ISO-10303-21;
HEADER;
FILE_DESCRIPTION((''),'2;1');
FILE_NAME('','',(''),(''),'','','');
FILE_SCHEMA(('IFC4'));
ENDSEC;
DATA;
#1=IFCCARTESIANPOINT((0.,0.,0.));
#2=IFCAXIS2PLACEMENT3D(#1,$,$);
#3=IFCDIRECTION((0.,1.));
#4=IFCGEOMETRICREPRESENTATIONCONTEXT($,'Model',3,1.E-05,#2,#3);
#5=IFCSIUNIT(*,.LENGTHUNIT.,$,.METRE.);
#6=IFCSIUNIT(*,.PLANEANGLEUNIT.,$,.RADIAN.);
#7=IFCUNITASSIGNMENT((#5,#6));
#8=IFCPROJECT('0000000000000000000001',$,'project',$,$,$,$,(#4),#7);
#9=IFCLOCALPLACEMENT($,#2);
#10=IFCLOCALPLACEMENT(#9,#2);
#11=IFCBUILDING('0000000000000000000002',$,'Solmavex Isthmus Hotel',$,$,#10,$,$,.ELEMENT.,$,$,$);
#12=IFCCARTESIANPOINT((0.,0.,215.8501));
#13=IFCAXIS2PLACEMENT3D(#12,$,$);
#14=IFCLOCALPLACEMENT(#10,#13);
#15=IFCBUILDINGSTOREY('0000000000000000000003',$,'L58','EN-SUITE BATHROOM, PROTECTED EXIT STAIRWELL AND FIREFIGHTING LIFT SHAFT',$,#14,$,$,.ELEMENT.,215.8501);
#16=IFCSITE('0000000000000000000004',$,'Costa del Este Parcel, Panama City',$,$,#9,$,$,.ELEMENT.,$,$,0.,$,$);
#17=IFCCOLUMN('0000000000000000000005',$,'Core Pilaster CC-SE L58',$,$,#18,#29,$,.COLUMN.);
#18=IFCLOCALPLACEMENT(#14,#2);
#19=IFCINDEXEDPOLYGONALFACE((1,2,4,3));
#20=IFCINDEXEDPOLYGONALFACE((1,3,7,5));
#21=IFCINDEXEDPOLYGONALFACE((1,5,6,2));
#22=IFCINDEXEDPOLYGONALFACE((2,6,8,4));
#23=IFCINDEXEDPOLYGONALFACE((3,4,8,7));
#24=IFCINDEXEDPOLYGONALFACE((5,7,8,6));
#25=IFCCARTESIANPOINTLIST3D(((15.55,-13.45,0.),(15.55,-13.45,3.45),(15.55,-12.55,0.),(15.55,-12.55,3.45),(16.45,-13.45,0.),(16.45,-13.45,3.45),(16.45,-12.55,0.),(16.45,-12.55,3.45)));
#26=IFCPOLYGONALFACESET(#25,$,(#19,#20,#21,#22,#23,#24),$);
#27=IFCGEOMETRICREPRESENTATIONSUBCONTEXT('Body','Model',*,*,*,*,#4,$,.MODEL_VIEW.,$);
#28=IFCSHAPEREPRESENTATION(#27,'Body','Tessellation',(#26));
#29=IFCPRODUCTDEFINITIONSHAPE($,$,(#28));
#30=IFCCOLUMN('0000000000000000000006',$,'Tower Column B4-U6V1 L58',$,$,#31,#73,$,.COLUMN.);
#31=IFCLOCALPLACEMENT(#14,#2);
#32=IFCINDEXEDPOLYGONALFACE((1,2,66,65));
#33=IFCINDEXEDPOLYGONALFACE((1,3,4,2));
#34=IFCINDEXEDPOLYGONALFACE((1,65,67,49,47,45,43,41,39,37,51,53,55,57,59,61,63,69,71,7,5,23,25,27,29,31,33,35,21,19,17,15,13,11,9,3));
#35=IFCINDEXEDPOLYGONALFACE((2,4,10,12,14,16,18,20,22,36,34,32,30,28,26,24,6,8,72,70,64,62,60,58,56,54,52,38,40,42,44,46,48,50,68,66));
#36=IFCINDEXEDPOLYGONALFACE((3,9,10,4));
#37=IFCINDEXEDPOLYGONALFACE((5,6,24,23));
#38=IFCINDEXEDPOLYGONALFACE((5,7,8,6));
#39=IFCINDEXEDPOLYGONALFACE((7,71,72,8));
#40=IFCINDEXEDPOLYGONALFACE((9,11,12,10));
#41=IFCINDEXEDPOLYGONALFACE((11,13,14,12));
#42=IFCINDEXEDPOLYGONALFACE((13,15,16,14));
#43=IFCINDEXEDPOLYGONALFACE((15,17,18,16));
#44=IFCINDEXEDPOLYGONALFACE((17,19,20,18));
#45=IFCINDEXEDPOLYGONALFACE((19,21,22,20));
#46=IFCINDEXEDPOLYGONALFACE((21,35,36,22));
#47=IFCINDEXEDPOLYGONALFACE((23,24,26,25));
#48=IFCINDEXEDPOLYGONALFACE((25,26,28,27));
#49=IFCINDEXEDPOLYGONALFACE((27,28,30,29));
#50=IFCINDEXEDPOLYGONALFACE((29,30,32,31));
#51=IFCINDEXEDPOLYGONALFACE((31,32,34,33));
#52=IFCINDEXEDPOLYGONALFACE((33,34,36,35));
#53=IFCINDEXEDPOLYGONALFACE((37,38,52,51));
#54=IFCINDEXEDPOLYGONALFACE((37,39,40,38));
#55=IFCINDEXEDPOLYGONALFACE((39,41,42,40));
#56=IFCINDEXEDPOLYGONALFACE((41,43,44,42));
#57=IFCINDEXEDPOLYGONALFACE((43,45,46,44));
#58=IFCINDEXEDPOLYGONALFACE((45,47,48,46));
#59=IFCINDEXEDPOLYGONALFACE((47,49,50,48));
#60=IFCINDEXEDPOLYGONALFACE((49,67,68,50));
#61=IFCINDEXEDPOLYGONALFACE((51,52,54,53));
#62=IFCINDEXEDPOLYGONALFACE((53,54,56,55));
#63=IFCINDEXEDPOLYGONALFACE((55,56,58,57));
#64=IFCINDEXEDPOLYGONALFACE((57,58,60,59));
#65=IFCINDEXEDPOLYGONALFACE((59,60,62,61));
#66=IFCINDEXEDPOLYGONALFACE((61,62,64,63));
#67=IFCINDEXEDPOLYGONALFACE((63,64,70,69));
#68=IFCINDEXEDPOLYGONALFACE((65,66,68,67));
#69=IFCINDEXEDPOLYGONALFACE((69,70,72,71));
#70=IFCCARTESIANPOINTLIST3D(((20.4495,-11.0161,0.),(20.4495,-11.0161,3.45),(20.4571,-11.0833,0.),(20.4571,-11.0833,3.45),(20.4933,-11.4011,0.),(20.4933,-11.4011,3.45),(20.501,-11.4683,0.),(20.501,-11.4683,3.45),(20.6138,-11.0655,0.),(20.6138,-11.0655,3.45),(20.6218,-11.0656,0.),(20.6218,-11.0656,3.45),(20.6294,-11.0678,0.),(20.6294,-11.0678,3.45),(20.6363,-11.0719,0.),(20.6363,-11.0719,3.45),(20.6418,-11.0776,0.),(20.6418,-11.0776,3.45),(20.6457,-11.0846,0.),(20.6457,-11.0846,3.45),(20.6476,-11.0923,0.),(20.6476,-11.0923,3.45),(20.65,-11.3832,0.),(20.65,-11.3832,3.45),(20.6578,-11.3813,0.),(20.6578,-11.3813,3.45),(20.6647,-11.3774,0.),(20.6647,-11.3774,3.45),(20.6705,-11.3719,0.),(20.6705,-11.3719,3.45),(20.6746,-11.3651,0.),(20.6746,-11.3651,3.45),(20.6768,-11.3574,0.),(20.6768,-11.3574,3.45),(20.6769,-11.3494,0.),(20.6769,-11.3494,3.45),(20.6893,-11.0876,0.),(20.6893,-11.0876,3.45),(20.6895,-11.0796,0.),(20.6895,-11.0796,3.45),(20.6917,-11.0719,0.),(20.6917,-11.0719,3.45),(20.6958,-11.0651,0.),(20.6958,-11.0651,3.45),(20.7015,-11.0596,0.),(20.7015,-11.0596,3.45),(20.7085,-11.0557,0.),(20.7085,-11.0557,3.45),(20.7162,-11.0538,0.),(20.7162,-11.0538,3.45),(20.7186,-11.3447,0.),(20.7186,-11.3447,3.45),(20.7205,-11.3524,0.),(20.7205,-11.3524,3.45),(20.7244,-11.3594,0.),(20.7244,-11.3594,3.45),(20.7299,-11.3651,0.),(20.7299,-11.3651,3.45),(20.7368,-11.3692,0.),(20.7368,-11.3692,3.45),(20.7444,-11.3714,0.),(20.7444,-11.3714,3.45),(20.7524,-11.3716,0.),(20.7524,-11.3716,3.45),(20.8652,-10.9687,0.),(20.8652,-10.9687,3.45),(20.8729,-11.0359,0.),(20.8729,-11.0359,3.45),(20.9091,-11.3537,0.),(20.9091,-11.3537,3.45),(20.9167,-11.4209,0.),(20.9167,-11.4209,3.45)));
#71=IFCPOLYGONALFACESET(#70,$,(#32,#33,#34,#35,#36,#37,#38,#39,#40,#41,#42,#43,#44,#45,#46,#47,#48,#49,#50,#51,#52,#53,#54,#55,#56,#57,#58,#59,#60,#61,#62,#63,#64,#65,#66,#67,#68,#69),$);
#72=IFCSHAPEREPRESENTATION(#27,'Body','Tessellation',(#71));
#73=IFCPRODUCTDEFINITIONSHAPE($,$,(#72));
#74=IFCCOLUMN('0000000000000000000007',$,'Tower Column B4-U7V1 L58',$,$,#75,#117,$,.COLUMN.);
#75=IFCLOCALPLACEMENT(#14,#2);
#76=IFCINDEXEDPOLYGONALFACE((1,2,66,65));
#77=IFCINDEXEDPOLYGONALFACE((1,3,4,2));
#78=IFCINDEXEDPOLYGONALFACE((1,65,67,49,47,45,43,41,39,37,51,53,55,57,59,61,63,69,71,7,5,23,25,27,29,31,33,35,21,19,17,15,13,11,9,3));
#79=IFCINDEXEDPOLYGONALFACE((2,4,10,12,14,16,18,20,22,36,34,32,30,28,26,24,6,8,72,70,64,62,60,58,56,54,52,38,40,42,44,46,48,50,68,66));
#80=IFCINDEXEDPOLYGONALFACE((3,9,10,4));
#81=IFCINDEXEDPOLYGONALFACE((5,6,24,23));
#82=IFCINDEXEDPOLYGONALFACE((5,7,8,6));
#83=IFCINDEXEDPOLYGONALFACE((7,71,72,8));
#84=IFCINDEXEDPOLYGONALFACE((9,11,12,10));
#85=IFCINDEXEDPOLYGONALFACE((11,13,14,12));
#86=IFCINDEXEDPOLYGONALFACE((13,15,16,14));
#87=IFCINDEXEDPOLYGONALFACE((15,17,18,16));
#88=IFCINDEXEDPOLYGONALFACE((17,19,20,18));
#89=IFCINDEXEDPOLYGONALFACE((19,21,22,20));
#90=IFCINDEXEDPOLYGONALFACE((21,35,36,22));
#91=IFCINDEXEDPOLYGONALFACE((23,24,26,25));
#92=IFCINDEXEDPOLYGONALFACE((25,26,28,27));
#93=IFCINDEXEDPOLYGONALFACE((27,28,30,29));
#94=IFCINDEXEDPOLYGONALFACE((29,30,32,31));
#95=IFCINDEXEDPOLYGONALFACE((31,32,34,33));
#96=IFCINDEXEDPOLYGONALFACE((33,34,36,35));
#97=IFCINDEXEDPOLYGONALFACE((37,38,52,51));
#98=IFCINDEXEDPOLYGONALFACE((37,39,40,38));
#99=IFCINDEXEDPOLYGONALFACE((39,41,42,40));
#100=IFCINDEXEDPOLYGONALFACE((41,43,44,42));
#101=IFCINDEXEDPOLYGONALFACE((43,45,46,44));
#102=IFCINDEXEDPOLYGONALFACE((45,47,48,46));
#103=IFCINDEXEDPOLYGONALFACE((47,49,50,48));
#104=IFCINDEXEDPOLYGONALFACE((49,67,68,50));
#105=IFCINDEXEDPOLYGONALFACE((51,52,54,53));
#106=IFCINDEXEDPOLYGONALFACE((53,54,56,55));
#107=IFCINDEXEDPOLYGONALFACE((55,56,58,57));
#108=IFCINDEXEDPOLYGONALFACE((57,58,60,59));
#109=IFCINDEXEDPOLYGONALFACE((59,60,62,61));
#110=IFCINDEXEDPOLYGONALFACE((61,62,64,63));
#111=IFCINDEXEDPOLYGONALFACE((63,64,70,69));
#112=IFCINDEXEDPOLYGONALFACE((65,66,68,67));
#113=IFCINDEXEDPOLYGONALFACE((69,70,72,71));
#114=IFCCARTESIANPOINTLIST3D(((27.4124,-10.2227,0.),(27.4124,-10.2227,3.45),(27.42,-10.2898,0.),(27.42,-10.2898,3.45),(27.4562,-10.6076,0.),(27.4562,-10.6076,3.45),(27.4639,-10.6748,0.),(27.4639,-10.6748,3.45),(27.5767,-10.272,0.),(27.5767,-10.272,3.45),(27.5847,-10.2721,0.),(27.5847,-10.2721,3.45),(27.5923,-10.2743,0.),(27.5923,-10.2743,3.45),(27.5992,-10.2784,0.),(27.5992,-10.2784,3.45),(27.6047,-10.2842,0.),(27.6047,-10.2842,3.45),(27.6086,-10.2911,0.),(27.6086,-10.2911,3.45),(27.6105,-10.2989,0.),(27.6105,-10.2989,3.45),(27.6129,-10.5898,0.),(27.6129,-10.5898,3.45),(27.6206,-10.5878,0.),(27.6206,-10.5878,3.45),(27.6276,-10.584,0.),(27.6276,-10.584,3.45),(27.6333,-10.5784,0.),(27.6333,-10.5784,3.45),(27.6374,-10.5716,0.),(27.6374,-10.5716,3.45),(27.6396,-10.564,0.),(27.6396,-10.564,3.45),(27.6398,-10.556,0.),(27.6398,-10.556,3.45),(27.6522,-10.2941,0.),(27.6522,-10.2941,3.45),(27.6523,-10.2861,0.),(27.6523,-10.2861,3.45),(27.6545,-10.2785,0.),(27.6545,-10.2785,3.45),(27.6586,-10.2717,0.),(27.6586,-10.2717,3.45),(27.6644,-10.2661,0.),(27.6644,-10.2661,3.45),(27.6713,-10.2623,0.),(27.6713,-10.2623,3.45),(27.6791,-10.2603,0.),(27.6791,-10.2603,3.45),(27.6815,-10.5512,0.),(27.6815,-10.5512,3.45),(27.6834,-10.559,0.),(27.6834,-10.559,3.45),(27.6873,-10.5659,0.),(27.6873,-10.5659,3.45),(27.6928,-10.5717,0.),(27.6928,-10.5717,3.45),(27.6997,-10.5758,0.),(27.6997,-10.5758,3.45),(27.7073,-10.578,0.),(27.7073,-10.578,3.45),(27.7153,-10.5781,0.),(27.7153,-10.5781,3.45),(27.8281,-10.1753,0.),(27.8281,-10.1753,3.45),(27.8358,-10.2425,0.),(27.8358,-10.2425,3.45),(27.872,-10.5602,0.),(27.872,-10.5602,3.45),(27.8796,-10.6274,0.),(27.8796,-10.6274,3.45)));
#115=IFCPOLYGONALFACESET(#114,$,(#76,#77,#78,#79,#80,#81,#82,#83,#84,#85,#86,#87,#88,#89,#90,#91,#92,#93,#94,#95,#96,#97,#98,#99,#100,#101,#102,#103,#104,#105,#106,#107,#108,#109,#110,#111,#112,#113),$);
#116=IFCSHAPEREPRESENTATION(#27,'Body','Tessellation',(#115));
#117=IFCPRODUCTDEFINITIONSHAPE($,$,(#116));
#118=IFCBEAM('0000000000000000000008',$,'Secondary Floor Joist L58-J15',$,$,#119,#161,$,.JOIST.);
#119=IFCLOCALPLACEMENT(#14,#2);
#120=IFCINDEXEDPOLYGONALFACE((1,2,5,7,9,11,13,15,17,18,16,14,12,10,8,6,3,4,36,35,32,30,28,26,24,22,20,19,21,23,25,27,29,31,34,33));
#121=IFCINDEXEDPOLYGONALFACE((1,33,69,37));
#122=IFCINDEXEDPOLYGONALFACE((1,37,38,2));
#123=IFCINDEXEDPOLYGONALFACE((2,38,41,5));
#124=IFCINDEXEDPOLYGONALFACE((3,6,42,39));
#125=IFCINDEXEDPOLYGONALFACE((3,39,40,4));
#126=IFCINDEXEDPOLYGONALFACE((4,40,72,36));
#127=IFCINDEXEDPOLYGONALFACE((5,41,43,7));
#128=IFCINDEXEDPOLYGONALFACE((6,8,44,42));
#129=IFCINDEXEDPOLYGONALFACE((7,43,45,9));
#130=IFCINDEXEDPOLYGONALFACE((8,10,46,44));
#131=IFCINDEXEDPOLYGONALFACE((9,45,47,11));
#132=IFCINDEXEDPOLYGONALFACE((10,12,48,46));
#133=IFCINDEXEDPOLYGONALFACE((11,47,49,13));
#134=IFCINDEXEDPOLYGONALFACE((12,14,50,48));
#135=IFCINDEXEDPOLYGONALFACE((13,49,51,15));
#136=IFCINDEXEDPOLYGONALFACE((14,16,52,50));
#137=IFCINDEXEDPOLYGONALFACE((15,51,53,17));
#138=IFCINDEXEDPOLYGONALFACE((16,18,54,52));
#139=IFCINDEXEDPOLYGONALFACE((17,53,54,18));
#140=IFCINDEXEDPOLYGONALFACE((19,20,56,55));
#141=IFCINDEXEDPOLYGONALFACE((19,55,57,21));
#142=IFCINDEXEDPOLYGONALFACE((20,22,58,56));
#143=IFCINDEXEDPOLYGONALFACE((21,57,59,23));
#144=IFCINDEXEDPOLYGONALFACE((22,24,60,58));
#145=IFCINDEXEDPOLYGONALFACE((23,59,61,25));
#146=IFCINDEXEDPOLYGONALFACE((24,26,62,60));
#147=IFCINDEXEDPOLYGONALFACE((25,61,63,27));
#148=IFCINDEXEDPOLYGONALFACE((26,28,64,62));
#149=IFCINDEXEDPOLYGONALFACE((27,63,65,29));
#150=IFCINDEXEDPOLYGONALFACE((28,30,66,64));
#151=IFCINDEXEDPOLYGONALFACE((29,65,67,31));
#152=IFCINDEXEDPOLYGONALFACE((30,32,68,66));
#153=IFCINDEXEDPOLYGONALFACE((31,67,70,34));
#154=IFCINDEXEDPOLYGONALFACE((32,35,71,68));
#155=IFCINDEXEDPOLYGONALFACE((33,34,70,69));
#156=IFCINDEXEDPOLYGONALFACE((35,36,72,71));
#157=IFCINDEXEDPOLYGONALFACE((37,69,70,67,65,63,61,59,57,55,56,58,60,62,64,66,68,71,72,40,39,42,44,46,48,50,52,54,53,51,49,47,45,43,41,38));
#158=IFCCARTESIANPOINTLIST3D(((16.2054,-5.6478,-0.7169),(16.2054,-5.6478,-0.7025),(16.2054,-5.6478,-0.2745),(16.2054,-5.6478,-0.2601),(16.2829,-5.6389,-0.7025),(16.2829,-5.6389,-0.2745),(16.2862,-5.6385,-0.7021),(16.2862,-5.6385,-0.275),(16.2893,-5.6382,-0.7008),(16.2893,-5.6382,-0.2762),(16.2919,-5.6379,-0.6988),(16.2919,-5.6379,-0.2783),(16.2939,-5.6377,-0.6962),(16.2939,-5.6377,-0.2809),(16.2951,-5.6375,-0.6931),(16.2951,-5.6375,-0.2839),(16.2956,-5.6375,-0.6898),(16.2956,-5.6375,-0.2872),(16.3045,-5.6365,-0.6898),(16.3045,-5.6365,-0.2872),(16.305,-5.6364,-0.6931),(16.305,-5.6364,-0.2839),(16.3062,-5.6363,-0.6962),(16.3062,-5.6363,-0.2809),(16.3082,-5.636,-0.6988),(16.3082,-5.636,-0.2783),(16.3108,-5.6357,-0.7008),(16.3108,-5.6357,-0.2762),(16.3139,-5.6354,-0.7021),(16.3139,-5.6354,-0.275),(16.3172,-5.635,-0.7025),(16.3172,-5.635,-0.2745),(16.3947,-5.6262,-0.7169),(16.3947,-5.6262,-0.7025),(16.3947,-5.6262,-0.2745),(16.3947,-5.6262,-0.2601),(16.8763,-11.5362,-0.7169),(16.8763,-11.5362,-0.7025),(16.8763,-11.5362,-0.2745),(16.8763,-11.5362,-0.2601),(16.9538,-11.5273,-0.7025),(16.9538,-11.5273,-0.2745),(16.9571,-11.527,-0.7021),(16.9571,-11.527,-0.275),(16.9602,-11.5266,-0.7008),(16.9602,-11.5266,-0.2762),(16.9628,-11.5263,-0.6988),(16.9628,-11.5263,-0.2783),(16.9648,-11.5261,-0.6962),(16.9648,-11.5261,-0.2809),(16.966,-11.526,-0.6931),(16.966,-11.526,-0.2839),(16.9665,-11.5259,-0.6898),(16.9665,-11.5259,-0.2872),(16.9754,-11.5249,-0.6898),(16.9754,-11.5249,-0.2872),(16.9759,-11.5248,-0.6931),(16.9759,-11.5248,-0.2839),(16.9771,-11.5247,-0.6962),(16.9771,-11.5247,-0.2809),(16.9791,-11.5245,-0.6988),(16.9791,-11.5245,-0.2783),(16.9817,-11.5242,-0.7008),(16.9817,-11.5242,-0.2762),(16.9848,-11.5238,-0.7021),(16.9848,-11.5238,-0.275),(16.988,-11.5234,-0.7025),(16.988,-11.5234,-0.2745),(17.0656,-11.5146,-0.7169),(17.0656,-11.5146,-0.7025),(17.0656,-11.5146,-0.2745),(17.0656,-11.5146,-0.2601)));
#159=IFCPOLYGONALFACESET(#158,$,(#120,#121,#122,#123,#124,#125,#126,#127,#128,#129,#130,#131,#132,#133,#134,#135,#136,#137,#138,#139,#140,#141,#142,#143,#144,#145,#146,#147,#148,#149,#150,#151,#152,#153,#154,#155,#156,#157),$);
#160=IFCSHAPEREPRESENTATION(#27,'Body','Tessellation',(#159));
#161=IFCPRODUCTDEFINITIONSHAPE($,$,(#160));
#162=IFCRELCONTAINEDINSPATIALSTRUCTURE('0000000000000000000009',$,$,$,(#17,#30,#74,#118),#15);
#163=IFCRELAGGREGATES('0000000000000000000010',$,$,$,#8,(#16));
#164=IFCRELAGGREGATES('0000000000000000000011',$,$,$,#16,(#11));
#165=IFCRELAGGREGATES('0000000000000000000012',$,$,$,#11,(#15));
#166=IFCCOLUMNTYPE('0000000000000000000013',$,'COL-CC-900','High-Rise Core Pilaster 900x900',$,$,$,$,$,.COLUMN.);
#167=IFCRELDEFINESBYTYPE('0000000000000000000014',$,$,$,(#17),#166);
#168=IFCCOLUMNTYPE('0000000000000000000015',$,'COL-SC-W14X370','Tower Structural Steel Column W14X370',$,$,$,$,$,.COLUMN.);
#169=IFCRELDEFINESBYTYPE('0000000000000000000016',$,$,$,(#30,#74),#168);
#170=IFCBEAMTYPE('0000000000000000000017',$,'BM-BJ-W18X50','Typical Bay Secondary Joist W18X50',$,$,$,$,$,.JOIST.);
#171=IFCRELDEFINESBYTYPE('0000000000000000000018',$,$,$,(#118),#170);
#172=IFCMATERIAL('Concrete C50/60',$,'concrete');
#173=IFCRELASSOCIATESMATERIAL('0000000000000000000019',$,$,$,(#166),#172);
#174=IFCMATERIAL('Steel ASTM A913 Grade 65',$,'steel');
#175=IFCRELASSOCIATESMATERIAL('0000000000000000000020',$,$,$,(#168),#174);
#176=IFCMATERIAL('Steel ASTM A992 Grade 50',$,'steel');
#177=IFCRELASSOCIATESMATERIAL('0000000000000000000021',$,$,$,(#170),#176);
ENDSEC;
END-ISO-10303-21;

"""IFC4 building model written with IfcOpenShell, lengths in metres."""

from ifc_helpers import new_model, si_unit, direction, frame, origin, origin_2d, place, context, subcontext, project, spatial, rectangle, i_section, extrude, material, material_profile, profile_set, type_object, element, save


model = new_model("IFC4")

# Units and contexts
model_context = context("Model", 3, precision=1e-05, world=origin(), true_north=direction((0.0, 1.0)))
body_context = subcontext(model_context, "Body", "Model", "MODEL_VIEW")
ifc_project = project(units=[si_unit("LENGTHUNIT", "METRE"), si_unit("PLANEANGLEUNIT", "RADIAN")], contexts=[model_context])

# Site, building, storey
site_placement = place(None, origin())
site = spatial("IfcSite", under=ifc_project, at=site_placement, Name="Costa del Este Parcel, Panama City", CompositionType="ELEMENT", RefElevation=0.0)
building_placement = place(site_placement, origin())
building = spatial("IfcBuilding", under=site, at=building_placement, Name="Solmavex Isthmus Hotel", CompositionType="ELEMENT")
storey_placement = place(building_placement, frame((0.0, 0.0, 215.8501)))
storey = spatial("IfcBuildingStorey", under=building, at=storey_placement, Name="L58", Description="EN-SUITE BATHROOM, PROTECTED EXIT STAIRWELL AND FIREFIGHTING LIFT SHAFT", CompositionType="ELEMENT", Elevation=215.8501)

# Columns
ifc_material_1 = material(Name="Concrete C50/60", Category="concrete")
ifc_material_profile_1 = material_profile(ifc_material_1, rectangle(XDim=0.8999, YDim=0.8999, at=origin_2d()), Name="RC900X900")
ifc_profile_set_1 = profile_set([ifc_material_profile_1], Name="Concrete C50/60")
column_type_1 = type_object("IfcColumnType", Name="COL-CC-900", Description="High-Rise Core Pilaster 900x900", PredefinedType="COLUMN", material=ifc_profile_set_1)
column_placement = place(storey_placement, frame((16.0, -13.0, 0.0), z_axis=(0.0, 0.0, 1.0), x_axis=(1.0, 0.0, 0.0)))
element("IfcColumn", 1, at=column_placement, inside=storey, type_object=column_type_1, Name="Core Pilaster CC-SE L58", PredefinedType="COLUMN", context=body_context, shape_type="SweptSolid", body=[
    extrude(rectangle(XDim=0.8999, YDim=0.8999, at=origin_2d()), origin(), (0.0, 0.0, 1.0), 3.45),
])
ifc_material_2 = material(Name="Steel ASTM A913 Grade 65", Category="steel")
ifc_material_profile_2 = material_profile(ifc_material_2, i_section(OverallWidth=0.4185, OverallDepth=0.4551, WebThickness=0.042, FlangeThickness=0.0676, FilletRadius=0.0305, at=origin_2d()), Name="W14X370")
ifc_profile_set_2 = profile_set([ifc_material_profile_2], Name="Steel ASTM A913 Grade 65")
column_type_2 = type_object("IfcColumnType", Name="COL-SC-W14X370", Description="Tower Structural Steel Column W14X370", PredefinedType="COLUMN", material=ifc_profile_set_2)
for number, where, z_axis, x_axis, name in (
    (2, (20.6831, -11.2185, 0.0), (0.0, 0.0, 1.0), (0.993572, 0.113203, 0.0), "Tower Column B4-U6V1 L58"),
    (3, (27.646, -10.425, 0.0), (0.0, 0.0, 1.0), (0.993572, 0.113203, 0.0), "Tower Column B4-U7V1 L58"),
):
    element("IfcColumn", number, at=place(storey_placement, frame(where, z_axis=z_axis, x_axis=x_axis)), inside=storey, type_object=column_type_2, Name=name, PredefinedType="COLUMN", context=body_context, shape_type="SweptSolid", body=[
        extrude(i_section(OverallWidth=0.4185, OverallDepth=0.4551, WebThickness=0.042, FlangeThickness=0.0676, FilletRadius=0.0305, at=origin_2d()), origin(), (0.0, 0.0, 1.0), 3.45),
    ])

# Beam
ifc_material_3 = material(Name="Steel ASTM A992 Grade 50", Category="steel")
ifc_material_profile_3 = material_profile(ifc_material_3, i_section(OverallWidth=0.1904, OverallDepth=0.4568, WebThickness=0.009, FlangeThickness=0.0144, FilletRadius=0.0127, at=origin_2d()), Name="W18X50")
ifc_profile_set_3 = profile_set([ifc_material_profile_3], Name="Steel ASTM A992 Grade 50")
beam_type_1 = type_object("IfcBeamType", Name="BM-BJ-W18X50", Description="Typical Bay Secondary Joist W18X50", PredefinedType="JOIST", material=ifc_profile_set_3)
beam_1_placement = place(storey_placement, frame((16.9709, -11.5254, -0.4885), z_axis=(-0.113203, 0.993572, 0.0), x_axis=(-0.993572, -0.113203, 0.0)))
element("IfcBeam", 4, at=beam_1_placement, inside=storey, type_object=beam_type_1, Name="Secondary Floor Joist L58-J15", PredefinedType="JOIST", context=body_context, shape_type="SweptSolid", body=[
    extrude(i_section(OverallWidth=0.1904, OverallDepth=0.4568, WebThickness=0.009, FlangeThickness=0.0144, FilletRadius=0.0127, at=origin_2d()), origin(), (0.0, 0.0, 1.0), 5.9265),
])

save(model, "model.ifc")
